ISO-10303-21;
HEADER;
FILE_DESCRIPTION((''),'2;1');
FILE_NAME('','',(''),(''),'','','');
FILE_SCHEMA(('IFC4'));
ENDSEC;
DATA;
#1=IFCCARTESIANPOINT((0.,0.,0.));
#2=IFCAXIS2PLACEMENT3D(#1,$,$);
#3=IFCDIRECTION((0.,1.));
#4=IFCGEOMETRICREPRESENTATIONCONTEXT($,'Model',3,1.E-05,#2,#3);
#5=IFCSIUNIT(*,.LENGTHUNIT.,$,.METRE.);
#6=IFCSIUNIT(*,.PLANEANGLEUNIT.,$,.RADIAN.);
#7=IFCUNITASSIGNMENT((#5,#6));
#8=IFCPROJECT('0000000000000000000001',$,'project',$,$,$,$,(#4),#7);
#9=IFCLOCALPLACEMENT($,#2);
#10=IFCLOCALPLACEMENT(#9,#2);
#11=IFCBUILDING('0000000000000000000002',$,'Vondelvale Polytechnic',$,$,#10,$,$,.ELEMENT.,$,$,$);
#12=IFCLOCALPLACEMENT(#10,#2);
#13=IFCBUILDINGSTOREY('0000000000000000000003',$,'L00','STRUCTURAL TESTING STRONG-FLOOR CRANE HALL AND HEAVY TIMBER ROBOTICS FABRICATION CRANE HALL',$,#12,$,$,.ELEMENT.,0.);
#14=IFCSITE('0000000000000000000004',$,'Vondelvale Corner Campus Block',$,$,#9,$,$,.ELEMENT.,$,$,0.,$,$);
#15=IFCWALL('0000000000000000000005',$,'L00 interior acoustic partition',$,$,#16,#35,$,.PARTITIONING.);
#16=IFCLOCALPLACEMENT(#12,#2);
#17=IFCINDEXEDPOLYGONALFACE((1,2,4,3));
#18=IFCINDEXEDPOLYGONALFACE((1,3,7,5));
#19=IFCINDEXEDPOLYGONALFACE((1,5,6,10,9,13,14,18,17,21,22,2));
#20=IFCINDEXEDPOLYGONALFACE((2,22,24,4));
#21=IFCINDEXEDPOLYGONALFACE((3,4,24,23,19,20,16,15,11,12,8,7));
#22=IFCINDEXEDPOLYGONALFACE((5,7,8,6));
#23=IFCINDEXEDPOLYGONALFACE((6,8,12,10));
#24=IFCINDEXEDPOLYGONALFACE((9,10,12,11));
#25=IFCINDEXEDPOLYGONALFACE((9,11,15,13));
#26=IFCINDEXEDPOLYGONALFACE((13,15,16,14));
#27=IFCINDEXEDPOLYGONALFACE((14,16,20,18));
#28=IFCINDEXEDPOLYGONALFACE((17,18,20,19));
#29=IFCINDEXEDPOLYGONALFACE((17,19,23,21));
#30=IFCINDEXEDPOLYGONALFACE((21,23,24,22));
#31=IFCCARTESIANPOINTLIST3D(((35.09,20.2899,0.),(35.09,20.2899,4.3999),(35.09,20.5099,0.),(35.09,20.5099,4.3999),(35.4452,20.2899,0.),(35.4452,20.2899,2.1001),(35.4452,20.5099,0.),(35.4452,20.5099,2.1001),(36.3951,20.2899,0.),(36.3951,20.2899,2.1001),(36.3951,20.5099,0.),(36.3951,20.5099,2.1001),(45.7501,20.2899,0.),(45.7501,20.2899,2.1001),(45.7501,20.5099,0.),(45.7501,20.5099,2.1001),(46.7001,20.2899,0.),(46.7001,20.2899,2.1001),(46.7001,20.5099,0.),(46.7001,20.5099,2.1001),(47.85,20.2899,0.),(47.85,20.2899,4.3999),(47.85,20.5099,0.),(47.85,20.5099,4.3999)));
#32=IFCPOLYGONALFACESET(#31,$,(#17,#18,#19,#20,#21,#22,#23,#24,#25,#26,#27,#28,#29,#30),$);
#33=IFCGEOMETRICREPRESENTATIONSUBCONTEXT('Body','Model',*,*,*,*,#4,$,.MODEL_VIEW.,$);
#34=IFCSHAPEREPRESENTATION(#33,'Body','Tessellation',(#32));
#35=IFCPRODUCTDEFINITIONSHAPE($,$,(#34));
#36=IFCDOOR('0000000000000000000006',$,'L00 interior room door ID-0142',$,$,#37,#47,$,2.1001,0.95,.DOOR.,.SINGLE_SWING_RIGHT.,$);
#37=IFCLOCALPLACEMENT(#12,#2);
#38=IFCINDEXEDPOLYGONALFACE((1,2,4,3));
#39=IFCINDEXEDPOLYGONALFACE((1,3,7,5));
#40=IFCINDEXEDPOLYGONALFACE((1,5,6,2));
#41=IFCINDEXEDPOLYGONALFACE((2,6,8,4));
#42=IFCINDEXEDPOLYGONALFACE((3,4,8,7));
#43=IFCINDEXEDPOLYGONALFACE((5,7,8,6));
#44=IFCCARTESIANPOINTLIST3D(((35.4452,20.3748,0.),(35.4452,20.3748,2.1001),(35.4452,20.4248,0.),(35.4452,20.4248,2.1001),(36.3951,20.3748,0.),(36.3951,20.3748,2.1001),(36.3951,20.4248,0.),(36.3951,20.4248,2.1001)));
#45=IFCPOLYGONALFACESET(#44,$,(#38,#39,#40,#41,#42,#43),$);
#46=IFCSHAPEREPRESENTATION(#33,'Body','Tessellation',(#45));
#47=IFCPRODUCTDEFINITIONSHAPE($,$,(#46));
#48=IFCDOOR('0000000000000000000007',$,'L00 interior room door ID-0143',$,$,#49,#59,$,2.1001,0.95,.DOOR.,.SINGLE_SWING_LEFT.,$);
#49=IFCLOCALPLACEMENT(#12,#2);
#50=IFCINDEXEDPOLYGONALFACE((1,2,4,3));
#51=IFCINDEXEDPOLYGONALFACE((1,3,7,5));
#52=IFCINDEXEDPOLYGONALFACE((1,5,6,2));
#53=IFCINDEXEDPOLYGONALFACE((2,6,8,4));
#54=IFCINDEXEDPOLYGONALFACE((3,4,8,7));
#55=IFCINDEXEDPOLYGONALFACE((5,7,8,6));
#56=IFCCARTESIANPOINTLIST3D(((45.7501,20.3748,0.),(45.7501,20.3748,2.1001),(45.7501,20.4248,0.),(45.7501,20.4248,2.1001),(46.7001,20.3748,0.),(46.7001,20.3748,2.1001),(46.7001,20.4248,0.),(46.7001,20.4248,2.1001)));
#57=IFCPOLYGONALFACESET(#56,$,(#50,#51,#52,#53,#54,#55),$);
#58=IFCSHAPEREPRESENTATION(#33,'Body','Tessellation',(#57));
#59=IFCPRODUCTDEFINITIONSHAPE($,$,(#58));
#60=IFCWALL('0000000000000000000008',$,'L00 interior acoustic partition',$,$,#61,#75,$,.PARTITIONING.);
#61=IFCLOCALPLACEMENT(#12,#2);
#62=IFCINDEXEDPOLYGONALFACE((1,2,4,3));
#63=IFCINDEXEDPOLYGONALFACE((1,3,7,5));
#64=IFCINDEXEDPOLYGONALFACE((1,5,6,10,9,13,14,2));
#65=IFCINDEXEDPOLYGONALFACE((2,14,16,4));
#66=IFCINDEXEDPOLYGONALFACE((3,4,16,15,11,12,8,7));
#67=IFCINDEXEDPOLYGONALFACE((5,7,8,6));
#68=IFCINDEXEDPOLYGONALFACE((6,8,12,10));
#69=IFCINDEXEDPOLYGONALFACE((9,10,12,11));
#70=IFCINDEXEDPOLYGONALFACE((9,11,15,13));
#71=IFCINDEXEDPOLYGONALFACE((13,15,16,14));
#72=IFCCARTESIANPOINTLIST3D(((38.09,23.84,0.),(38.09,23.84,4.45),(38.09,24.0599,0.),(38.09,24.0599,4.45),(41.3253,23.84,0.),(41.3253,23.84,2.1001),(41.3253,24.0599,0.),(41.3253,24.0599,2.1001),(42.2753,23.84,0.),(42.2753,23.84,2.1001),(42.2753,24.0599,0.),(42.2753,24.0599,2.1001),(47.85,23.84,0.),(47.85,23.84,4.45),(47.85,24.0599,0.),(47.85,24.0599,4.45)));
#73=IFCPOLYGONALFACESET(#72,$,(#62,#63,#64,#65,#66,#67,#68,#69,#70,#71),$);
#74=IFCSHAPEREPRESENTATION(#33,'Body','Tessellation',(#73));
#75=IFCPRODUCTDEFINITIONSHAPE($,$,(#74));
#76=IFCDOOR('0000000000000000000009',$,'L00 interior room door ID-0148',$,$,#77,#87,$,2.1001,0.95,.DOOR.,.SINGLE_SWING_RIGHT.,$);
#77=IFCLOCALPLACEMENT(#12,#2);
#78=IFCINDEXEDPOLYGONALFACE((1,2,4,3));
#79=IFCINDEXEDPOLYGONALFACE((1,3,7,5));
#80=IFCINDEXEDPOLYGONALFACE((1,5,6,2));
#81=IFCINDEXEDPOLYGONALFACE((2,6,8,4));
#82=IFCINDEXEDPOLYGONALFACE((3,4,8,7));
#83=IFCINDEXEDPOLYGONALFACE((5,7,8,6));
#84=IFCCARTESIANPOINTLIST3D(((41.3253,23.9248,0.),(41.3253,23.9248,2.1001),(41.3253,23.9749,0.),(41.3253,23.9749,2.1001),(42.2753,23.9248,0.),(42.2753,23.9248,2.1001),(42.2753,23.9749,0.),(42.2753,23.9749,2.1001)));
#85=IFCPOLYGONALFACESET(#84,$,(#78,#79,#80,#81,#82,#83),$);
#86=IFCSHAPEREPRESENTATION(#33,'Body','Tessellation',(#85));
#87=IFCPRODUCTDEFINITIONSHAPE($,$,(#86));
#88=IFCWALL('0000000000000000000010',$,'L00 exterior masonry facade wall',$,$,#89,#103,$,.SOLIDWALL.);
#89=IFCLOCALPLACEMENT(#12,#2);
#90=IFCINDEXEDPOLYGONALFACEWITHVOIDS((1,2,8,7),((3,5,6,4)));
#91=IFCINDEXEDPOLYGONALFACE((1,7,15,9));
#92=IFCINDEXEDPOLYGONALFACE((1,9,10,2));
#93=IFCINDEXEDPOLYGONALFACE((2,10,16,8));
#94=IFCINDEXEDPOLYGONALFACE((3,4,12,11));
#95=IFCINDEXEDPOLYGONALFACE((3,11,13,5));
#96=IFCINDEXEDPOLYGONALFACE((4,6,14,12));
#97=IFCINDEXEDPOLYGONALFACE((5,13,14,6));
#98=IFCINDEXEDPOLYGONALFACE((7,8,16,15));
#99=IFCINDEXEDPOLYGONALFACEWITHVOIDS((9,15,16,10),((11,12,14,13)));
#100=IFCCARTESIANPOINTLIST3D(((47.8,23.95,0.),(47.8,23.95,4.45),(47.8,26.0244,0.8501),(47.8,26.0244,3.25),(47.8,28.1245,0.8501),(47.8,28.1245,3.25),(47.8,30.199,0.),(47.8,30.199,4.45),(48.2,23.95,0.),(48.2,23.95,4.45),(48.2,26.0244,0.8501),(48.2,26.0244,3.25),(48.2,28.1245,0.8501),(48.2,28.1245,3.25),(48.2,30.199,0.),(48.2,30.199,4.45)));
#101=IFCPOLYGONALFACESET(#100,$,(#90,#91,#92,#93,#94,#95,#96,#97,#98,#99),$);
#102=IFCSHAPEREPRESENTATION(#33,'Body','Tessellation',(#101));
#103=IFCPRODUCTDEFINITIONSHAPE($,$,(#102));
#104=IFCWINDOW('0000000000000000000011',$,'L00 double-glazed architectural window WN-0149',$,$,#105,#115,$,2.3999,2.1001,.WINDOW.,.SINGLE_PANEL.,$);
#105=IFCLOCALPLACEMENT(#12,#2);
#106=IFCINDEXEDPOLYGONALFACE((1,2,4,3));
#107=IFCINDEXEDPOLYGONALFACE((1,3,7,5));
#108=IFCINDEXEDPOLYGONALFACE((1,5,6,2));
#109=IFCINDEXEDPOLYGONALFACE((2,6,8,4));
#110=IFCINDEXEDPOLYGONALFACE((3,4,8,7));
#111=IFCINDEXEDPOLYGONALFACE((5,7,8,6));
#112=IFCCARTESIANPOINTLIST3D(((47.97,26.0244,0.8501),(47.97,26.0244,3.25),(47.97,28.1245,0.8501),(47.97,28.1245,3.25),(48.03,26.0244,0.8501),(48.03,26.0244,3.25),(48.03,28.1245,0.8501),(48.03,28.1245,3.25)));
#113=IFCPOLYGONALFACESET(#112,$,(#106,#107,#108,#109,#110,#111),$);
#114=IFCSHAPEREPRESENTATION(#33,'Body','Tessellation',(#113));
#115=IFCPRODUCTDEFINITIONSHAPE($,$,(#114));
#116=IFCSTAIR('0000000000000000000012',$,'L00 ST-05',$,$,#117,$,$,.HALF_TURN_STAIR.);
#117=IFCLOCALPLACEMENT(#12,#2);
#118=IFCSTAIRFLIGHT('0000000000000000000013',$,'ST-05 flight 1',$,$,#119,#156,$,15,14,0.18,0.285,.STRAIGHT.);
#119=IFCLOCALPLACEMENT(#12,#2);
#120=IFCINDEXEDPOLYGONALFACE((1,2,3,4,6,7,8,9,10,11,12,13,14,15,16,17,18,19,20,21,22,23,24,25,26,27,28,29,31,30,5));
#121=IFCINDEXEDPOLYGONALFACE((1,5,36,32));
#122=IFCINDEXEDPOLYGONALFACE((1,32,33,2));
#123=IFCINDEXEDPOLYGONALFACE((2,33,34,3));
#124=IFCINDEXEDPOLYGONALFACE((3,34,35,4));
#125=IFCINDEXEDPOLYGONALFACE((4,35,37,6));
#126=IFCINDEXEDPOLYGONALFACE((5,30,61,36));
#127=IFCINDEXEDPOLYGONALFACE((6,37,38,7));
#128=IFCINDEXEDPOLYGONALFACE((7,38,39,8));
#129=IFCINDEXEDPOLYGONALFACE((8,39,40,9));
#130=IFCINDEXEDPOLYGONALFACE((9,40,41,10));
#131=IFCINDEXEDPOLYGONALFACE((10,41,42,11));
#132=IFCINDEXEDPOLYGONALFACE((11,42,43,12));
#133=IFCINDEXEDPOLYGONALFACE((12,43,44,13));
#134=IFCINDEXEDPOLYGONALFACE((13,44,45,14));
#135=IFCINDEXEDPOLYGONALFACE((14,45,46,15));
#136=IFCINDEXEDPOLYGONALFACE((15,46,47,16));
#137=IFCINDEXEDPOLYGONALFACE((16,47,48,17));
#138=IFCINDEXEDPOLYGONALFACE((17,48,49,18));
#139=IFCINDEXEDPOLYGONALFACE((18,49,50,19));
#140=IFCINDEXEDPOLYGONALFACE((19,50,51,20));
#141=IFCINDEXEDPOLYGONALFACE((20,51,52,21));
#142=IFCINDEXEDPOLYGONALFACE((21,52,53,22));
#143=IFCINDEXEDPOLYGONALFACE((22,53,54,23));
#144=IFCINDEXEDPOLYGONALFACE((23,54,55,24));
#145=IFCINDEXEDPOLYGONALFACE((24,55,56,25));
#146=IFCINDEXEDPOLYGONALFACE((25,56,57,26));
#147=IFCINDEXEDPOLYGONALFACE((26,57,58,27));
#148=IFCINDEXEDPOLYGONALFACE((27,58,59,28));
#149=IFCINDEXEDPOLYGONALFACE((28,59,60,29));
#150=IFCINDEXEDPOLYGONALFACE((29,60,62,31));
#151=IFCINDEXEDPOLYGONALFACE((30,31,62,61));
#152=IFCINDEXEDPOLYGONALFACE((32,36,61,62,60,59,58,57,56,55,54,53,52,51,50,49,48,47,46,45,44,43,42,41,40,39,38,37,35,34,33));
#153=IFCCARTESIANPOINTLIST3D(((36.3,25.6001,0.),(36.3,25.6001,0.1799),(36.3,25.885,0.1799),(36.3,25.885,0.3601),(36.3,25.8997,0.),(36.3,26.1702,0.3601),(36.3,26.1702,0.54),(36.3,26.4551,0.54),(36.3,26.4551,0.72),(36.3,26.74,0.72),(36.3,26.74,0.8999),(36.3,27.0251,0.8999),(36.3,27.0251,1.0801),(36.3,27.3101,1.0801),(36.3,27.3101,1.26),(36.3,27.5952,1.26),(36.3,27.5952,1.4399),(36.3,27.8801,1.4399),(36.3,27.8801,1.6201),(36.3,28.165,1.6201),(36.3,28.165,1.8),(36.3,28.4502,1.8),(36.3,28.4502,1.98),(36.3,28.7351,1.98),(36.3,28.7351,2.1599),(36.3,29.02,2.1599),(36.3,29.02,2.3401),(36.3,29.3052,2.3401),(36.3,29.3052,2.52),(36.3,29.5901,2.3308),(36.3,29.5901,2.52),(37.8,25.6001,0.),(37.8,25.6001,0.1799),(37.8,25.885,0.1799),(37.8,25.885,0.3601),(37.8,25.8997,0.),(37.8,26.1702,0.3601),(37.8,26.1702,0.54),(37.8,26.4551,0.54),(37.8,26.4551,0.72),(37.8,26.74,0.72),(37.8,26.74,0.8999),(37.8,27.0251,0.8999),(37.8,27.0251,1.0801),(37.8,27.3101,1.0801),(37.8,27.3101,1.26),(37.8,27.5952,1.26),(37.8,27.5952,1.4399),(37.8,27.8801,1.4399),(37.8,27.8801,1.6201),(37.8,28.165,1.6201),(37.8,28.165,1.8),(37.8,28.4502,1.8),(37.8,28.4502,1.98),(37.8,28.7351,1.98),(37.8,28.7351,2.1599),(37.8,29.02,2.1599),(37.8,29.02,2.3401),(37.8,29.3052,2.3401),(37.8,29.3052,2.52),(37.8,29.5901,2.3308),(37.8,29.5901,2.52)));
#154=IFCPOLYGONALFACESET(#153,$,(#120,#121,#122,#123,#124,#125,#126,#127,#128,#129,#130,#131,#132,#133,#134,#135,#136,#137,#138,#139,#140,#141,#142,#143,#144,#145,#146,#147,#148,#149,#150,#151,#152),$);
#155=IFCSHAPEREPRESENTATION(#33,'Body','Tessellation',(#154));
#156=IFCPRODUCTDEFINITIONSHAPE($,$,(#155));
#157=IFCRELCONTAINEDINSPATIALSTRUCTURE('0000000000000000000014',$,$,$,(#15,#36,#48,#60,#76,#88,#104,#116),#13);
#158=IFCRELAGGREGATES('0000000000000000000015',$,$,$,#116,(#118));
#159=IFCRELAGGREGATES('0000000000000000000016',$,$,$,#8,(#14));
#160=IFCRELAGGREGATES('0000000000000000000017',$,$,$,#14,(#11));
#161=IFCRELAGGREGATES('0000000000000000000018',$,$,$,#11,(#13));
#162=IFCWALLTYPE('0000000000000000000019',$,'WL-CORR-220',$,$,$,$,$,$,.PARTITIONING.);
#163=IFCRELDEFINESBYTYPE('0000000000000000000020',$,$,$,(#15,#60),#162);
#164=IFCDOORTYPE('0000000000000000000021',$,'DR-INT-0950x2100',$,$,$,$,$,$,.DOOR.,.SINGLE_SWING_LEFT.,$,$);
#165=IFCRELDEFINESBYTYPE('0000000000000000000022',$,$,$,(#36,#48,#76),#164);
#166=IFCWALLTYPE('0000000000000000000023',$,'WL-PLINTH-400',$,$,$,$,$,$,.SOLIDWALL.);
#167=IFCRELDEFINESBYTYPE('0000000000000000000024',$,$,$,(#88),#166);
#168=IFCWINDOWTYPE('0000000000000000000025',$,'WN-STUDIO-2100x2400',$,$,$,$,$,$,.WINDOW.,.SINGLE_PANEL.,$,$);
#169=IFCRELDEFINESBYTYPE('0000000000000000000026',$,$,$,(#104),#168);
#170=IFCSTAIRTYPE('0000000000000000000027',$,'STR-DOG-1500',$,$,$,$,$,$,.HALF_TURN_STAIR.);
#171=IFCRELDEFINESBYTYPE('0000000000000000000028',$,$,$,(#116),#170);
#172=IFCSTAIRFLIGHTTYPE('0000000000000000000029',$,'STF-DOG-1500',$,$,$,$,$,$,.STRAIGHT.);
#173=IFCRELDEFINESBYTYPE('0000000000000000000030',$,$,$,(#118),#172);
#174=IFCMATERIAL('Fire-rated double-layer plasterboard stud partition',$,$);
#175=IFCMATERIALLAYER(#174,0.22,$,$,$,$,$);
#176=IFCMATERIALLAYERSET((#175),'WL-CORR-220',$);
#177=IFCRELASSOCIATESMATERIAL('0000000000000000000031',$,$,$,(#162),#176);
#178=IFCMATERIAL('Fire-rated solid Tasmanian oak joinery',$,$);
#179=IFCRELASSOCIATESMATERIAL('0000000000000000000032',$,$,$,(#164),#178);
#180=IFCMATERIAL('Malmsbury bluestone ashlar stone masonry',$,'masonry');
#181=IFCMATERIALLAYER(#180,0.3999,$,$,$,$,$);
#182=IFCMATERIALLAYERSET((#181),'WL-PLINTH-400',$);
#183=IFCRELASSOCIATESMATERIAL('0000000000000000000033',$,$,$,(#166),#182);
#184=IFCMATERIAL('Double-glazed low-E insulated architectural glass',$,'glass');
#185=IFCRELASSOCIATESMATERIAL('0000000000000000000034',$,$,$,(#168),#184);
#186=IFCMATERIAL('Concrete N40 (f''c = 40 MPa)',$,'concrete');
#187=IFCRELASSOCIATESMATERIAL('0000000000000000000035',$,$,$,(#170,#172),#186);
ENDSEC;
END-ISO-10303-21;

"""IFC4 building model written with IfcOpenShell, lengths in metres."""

from ifc_helpers import new_model, si_unit, direction, frame, frame_2d, origin, place, context, subcontext, project, spatial, polyline, rectangle, outline, extrude, material, layer, layer_set, type_object, element, fill, aggregate, save


model = new_model("IFC4")

# Units and contexts
model_context = context("Model", 3, precision=1e-05, world=origin(), true_north=direction((0.0, 1.0)))
body_context = subcontext(model_context, "Body", "Model", "MODEL_VIEW")
ifc_project = project(units=[si_unit("LENGTHUNIT", "METRE"), si_unit("PLANEANGLEUNIT", "RADIAN")], contexts=[model_context])

# Site, building, storey
site_placement = place(None, origin())
site = spatial("IfcSite", under=ifc_project, at=site_placement, Name="Vondelvale Corner Campus Block", CompositionType="ELEMENT", RefElevation=0.0)
building_placement = place(site_placement, origin())
building = spatial("IfcBuilding", under=site, at=building_placement, Name="Vondelvale Polytechnic", CompositionType="ELEMENT")
storey_placement = place(building_placement, origin())
storey = spatial("IfcBuildingStorey", under=building, at=storey_placement, Name="L00", Description="STRUCTURAL TESTING STRONG-FLOOR CRANE HALL AND HEAVY TIMBER ROBOTICS FABRICATION CRANE HALL", CompositionType="ELEMENT", Elevation=0.0)

# Shared definitions
ifc_material_1 = material(Name="Concrete N40 (f'c = 40 MPa)", Category="concrete")

# Wall, openings, doors
ifc_material_2 = material(Name="Fire-rated double-layer plasterboard stud partition")
ifc_layer_1 = layer(ifc_material_2, 0.22)
ifc_layer_set_1 = layer_set([ifc_layer_1], Name="WL-CORR-220")
wall_type_1 = type_object("IfcWallType", Name="WL-CORR-220", PredefinedType="PARTITIONING", material=ifc_layer_set_1)
wall_1_placement = place(storey_placement, frame((35.0901, 20.3999, 0.0), z_axis=(0.0, 0.0, 1.0), x_axis=(1.0, 0.0, 0.0)))
wall_1 = element("IfcWall", 1, at=wall_1_placement, inside=storey, type_object=wall_type_1, Name="L00 interior acoustic partition", PredefinedType="PARTITIONING", context=body_context, shape_type="SweptSolid", body=[
    extrude(rectangle(XDim=12.76, YDim=0.22, at=frame_2d((6.3799, 0.0))), origin(), (0.0, 0.0, 1.0), 4.3999),
])
opening_1_placement = place(wall_1_placement, frame((0.355, 0.0, 0.0)))
opening_1 = element("IfcOpeningElement", 2, at=opening_1_placement, cuts=wall_1, PredefinedType="OPENING", context=body_context, shape_type="SweptSolid", body=[
    extrude(rectangle(XDim=0.95, YDim=2.1001, at=frame_2d((0.4751, 1.05))), frame((0.0, 0.1199, 0.0), z_axis=(0.0, -1.0, 0.0), x_axis=(1.0, 0.0, 0.0)), (0.0, 0.0, 1.0), 0.24),
])
opening_2_placement = place(wall_1_placement, frame((10.6599, 0.0, 0.0)))
opening_2 = element("IfcOpeningElement", 3, at=opening_2_placement, cuts=wall_1, PredefinedType="OPENING", context=body_context, shape_type="SweptSolid", body=[
    extrude(rectangle(XDim=0.95, YDim=2.1001, at=frame_2d((0.4751, 1.05))), frame((0.0, 0.1199, 0.0), z_axis=(0.0, -1.0, 0.0), x_axis=(1.0, 0.0, 0.0)), (0.0, 0.0, 1.0), 0.24),
])
ifc_material_3 = material(Name="Fire-rated solid Tasmanian oak joinery")
door_type_1 = type_object("IfcDoorType", Name="DR-INT-0950x2100", OperationType="SINGLE_SWING_LEFT", PredefinedType="DOOR", material=ifc_material_3)
door_1_placement = place(opening_1_placement, origin())
door_1 = element("IfcDoor", 4, at=door_1_placement, inside=storey, type_object=door_type_1, Name="L00 interior room door ID-0142", OperationType="SINGLE_SWING_RIGHT", OverallHeight=2.1001, OverallWidth=0.95, PredefinedType="DOOR", context=body_context, shape_type="SweptSolid", body=[
    extrude(rectangle(XDim=0.95, YDim=2.1001, at=frame_2d((0.4751, 1.05))), frame((0.0, 0.0249, 0.0), z_axis=(0.0, -1.0, 0.0), x_axis=(1.0, 0.0, 0.0)), (0.0, 0.0, 1.0), 0.05),
])
fill(opening_1, door_1)
door_2_placement = place(opening_2_placement, origin())
door_2 = element("IfcDoor", 5, at=door_2_placement, inside=storey, type_object=door_type_1, Name="L00 interior room door ID-0143", OperationType="SINGLE_SWING_LEFT", OverallHeight=2.1001, OverallWidth=0.95, PredefinedType="DOOR", context=body_context, shape_type="SweptSolid", body=[
    extrude(rectangle(XDim=0.95, YDim=2.1001, at=frame_2d((0.4751, 1.05))), frame((0.0, 0.0249, 0.0), z_axis=(0.0, -1.0, 0.0), x_axis=(1.0, 0.0, 0.0)), (0.0, 0.0, 1.0), 0.05),
])
fill(opening_2, door_2)

# Wall, opening, door
wall_2_placement = place(storey_placement, frame((38.0901, 23.95, 0.0), z_axis=(0.0, 0.0, 1.0), x_axis=(1.0, 0.0, 0.0)))
wall_2 = element("IfcWall", 6, at=wall_2_placement, inside=storey, type_object=wall_type_1, Name="L00 interior acoustic partition", PredefinedType="PARTITIONING", context=body_context, shape_type="SweptSolid", body=[
    extrude(rectangle(XDim=9.76, YDim=0.22, at=frame_2d((4.8799, 0.0))), origin(), (0.0, 0.0, 1.0), 4.45),
])
opening_3_placement = place(wall_2_placement, frame((3.2351, 0.0, 0.0)))
opening_3 = element("IfcOpeningElement", 7, at=opening_3_placement, cuts=wall_2, PredefinedType="OPENING", context=body_context, shape_type="SweptSolid", body=[
    extrude(rectangle(XDim=0.95, YDim=2.1001, at=frame_2d((0.4751, 1.05))), frame((0.0, 0.1199, 0.0), z_axis=(0.0, -1.0, 0.0), x_axis=(1.0, 0.0, 0.0)), (0.0, 0.0, 1.0), 0.24),
])
door_3_placement = place(opening_3_placement, origin())
door_3 = element("IfcDoor", 8, at=door_3_placement, inside=storey, type_object=door_type_1, Name="L00 interior room door ID-0148", OperationType="SINGLE_SWING_RIGHT", OverallHeight=2.1001, OverallWidth=0.95, PredefinedType="DOOR", context=body_context, shape_type="SweptSolid", body=[
    extrude(rectangle(XDim=0.95, YDim=2.1001, at=frame_2d((0.4751, 1.05))), frame((0.0, 0.0249, 0.0), z_axis=(0.0, -1.0, 0.0), x_axis=(1.0, 0.0, 0.0)), (0.0, 0.0, 1.0), 0.05),
])
fill(opening_3, door_3)
ifc_material_4 = material(Name="Malmsbury bluestone ashlar stone masonry", Category="masonry")
ifc_layer_2 = layer(ifc_material_4, 0.3999)
ifc_layer_set_2 = layer_set([ifc_layer_2], Name="WL-PLINTH-400")
wall_type_2 = type_object("IfcWallType", Name="WL-PLINTH-400", PredefinedType="SOLIDWALL", material=ifc_layer_set_2)

# Wall, opening, window
wall_3_placement = place(storey_placement, frame((48.0, 30.199, 0.0), z_axis=(0.0, 0.0, 1.0), x_axis=(0.0, -1.0, 0.0)))
wall_3 = element("IfcWall", 9, at=wall_3_placement, inside=storey, type_object=wall_type_2, Name="L00 exterior masonry facade wall", PredefinedType="SOLIDWALL", context=body_context, shape_type="SweptSolid", body=[
    extrude(rectangle(XDim=6.249, YDim=0.3999, at=frame_2d((3.1245, 0.0))), origin(), (0.0, 0.0, 1.0), 4.45),
])
opening_4_placement = place(wall_3_placement, frame((2.0745, 0.0, 0.8501)))
opening_4 = element("IfcOpeningElement", 10, at=opening_4_placement, cuts=wall_3, PredefinedType="OPENING", context=body_context, shape_type="SweptSolid", body=[
    extrude(rectangle(XDim=2.1001, YDim=2.3999, at=frame_2d((1.05, 1.2))), frame((0.0, 0.21, 0.0), z_axis=(0.0, -1.0, 0.0), x_axis=(1.0, 0.0, 0.0)), (0.0, 0.0, 1.0), 0.4199),
])
ifc_material_5 = material(Name="Double-glazed low-E insulated architectural glass", Category="glass")
window_type = type_object("IfcWindowType", Name="WN-STUDIO-2100x2400", PartitioningType="SINGLE_PANEL", PredefinedType="WINDOW", material=ifc_material_5)
window_placement = place(opening_4_placement, origin())
window = element("IfcWindow", 11, at=window_placement, inside=storey, type_object=window_type, Name="L00 double-glazed architectural window WN-0149", OverallHeight=2.3999, OverallWidth=2.1001, PartitioningType="SINGLE_PANEL", PredefinedType="WINDOW", context=body_context, shape_type="SweptSolid", body=[
    extrude(rectangle(XDim=2.1001, YDim=2.3999, at=frame_2d((1.05, 1.2))), frame((0.0, 0.03, 0.0), z_axis=(0.0, -1.0, 0.0), x_axis=(1.0, 0.0, 0.0)), (0.0, 0.0, 1.0), 0.0601),
])
fill(opening_4, window)

# Stair, stair flight
stair_type = type_object("IfcStairType", Name="STR-DOG-1500", PredefinedType="HALF_TURN_STAIR", material=ifc_material_1)
stair_placement = place(storey_placement, origin())
stair = element("IfcStair", 12, at=stair_placement, inside=storey, type_object=stair_type, Name="L00 ST-05", PredefinedType="HALF_TURN_STAIR")
stair_flight_type = type_object("IfcStairFlightType", Name="STF-DOG-1500", PredefinedType="STRAIGHT", material=ifc_material_1)
stair_flight_1_placement = place(storey_placement, frame((37.05, 25.6001, 0.0), z_axis=(0.0, 0.0, 1.0), x_axis=(0.0, 1.0, 0.0)))
stair_flight_1 = element("IfcStairFlight", 13, at=stair_flight_1_placement, type_object=stair_flight_type, Name="ST-05 flight 1", NumberOfRisers=15, NumberOfTreads=14, PredefinedType="STRAIGHT", RiserHeight=0.18, TreadLength=0.285, context=body_context, shape_type="SweptSolid", body=[
    extrude(outline(polyline([(0.0, 0.0), (0.0, 0.1799), (0.2849, 0.1799), (0.2849, 0.3601), (0.5701, 0.3601), (0.5701, 0.54), (0.855, 0.54), (0.855, 0.72), (1.1399, 0.72), (1.1399, 0.8999), (1.425, 0.8999), (1.425, 1.0801), (1.71, 1.0801), (1.71, 1.26), (1.9951, 1.26), (1.9951, 1.4399), (2.28, 1.4399), (2.28, 1.6201), (2.5649, 1.6201), (2.5649, 1.8), (2.8501, 1.8), (2.8501, 1.98), (3.135, 1.98), (3.135, 2.1599), (3.4199, 2.1599), (3.4199, 2.3401), (3.7051, 2.3401), (3.7051, 2.52), (3.99, 2.52), (3.99, 2.7), (3.99, 2.3308), (0.2996, 0.0), (0.0, 0.0)])), frame((0.0, 0.75, 0.0), z_axis=(0.0, -1.0, 0.0), x_axis=(1.0, 0.0, 0.0)), (0.0, 0.0, 1.0), 1.5),
])
aggregate(stair, [stair_flight_1])

save(model, "model.ifc")
